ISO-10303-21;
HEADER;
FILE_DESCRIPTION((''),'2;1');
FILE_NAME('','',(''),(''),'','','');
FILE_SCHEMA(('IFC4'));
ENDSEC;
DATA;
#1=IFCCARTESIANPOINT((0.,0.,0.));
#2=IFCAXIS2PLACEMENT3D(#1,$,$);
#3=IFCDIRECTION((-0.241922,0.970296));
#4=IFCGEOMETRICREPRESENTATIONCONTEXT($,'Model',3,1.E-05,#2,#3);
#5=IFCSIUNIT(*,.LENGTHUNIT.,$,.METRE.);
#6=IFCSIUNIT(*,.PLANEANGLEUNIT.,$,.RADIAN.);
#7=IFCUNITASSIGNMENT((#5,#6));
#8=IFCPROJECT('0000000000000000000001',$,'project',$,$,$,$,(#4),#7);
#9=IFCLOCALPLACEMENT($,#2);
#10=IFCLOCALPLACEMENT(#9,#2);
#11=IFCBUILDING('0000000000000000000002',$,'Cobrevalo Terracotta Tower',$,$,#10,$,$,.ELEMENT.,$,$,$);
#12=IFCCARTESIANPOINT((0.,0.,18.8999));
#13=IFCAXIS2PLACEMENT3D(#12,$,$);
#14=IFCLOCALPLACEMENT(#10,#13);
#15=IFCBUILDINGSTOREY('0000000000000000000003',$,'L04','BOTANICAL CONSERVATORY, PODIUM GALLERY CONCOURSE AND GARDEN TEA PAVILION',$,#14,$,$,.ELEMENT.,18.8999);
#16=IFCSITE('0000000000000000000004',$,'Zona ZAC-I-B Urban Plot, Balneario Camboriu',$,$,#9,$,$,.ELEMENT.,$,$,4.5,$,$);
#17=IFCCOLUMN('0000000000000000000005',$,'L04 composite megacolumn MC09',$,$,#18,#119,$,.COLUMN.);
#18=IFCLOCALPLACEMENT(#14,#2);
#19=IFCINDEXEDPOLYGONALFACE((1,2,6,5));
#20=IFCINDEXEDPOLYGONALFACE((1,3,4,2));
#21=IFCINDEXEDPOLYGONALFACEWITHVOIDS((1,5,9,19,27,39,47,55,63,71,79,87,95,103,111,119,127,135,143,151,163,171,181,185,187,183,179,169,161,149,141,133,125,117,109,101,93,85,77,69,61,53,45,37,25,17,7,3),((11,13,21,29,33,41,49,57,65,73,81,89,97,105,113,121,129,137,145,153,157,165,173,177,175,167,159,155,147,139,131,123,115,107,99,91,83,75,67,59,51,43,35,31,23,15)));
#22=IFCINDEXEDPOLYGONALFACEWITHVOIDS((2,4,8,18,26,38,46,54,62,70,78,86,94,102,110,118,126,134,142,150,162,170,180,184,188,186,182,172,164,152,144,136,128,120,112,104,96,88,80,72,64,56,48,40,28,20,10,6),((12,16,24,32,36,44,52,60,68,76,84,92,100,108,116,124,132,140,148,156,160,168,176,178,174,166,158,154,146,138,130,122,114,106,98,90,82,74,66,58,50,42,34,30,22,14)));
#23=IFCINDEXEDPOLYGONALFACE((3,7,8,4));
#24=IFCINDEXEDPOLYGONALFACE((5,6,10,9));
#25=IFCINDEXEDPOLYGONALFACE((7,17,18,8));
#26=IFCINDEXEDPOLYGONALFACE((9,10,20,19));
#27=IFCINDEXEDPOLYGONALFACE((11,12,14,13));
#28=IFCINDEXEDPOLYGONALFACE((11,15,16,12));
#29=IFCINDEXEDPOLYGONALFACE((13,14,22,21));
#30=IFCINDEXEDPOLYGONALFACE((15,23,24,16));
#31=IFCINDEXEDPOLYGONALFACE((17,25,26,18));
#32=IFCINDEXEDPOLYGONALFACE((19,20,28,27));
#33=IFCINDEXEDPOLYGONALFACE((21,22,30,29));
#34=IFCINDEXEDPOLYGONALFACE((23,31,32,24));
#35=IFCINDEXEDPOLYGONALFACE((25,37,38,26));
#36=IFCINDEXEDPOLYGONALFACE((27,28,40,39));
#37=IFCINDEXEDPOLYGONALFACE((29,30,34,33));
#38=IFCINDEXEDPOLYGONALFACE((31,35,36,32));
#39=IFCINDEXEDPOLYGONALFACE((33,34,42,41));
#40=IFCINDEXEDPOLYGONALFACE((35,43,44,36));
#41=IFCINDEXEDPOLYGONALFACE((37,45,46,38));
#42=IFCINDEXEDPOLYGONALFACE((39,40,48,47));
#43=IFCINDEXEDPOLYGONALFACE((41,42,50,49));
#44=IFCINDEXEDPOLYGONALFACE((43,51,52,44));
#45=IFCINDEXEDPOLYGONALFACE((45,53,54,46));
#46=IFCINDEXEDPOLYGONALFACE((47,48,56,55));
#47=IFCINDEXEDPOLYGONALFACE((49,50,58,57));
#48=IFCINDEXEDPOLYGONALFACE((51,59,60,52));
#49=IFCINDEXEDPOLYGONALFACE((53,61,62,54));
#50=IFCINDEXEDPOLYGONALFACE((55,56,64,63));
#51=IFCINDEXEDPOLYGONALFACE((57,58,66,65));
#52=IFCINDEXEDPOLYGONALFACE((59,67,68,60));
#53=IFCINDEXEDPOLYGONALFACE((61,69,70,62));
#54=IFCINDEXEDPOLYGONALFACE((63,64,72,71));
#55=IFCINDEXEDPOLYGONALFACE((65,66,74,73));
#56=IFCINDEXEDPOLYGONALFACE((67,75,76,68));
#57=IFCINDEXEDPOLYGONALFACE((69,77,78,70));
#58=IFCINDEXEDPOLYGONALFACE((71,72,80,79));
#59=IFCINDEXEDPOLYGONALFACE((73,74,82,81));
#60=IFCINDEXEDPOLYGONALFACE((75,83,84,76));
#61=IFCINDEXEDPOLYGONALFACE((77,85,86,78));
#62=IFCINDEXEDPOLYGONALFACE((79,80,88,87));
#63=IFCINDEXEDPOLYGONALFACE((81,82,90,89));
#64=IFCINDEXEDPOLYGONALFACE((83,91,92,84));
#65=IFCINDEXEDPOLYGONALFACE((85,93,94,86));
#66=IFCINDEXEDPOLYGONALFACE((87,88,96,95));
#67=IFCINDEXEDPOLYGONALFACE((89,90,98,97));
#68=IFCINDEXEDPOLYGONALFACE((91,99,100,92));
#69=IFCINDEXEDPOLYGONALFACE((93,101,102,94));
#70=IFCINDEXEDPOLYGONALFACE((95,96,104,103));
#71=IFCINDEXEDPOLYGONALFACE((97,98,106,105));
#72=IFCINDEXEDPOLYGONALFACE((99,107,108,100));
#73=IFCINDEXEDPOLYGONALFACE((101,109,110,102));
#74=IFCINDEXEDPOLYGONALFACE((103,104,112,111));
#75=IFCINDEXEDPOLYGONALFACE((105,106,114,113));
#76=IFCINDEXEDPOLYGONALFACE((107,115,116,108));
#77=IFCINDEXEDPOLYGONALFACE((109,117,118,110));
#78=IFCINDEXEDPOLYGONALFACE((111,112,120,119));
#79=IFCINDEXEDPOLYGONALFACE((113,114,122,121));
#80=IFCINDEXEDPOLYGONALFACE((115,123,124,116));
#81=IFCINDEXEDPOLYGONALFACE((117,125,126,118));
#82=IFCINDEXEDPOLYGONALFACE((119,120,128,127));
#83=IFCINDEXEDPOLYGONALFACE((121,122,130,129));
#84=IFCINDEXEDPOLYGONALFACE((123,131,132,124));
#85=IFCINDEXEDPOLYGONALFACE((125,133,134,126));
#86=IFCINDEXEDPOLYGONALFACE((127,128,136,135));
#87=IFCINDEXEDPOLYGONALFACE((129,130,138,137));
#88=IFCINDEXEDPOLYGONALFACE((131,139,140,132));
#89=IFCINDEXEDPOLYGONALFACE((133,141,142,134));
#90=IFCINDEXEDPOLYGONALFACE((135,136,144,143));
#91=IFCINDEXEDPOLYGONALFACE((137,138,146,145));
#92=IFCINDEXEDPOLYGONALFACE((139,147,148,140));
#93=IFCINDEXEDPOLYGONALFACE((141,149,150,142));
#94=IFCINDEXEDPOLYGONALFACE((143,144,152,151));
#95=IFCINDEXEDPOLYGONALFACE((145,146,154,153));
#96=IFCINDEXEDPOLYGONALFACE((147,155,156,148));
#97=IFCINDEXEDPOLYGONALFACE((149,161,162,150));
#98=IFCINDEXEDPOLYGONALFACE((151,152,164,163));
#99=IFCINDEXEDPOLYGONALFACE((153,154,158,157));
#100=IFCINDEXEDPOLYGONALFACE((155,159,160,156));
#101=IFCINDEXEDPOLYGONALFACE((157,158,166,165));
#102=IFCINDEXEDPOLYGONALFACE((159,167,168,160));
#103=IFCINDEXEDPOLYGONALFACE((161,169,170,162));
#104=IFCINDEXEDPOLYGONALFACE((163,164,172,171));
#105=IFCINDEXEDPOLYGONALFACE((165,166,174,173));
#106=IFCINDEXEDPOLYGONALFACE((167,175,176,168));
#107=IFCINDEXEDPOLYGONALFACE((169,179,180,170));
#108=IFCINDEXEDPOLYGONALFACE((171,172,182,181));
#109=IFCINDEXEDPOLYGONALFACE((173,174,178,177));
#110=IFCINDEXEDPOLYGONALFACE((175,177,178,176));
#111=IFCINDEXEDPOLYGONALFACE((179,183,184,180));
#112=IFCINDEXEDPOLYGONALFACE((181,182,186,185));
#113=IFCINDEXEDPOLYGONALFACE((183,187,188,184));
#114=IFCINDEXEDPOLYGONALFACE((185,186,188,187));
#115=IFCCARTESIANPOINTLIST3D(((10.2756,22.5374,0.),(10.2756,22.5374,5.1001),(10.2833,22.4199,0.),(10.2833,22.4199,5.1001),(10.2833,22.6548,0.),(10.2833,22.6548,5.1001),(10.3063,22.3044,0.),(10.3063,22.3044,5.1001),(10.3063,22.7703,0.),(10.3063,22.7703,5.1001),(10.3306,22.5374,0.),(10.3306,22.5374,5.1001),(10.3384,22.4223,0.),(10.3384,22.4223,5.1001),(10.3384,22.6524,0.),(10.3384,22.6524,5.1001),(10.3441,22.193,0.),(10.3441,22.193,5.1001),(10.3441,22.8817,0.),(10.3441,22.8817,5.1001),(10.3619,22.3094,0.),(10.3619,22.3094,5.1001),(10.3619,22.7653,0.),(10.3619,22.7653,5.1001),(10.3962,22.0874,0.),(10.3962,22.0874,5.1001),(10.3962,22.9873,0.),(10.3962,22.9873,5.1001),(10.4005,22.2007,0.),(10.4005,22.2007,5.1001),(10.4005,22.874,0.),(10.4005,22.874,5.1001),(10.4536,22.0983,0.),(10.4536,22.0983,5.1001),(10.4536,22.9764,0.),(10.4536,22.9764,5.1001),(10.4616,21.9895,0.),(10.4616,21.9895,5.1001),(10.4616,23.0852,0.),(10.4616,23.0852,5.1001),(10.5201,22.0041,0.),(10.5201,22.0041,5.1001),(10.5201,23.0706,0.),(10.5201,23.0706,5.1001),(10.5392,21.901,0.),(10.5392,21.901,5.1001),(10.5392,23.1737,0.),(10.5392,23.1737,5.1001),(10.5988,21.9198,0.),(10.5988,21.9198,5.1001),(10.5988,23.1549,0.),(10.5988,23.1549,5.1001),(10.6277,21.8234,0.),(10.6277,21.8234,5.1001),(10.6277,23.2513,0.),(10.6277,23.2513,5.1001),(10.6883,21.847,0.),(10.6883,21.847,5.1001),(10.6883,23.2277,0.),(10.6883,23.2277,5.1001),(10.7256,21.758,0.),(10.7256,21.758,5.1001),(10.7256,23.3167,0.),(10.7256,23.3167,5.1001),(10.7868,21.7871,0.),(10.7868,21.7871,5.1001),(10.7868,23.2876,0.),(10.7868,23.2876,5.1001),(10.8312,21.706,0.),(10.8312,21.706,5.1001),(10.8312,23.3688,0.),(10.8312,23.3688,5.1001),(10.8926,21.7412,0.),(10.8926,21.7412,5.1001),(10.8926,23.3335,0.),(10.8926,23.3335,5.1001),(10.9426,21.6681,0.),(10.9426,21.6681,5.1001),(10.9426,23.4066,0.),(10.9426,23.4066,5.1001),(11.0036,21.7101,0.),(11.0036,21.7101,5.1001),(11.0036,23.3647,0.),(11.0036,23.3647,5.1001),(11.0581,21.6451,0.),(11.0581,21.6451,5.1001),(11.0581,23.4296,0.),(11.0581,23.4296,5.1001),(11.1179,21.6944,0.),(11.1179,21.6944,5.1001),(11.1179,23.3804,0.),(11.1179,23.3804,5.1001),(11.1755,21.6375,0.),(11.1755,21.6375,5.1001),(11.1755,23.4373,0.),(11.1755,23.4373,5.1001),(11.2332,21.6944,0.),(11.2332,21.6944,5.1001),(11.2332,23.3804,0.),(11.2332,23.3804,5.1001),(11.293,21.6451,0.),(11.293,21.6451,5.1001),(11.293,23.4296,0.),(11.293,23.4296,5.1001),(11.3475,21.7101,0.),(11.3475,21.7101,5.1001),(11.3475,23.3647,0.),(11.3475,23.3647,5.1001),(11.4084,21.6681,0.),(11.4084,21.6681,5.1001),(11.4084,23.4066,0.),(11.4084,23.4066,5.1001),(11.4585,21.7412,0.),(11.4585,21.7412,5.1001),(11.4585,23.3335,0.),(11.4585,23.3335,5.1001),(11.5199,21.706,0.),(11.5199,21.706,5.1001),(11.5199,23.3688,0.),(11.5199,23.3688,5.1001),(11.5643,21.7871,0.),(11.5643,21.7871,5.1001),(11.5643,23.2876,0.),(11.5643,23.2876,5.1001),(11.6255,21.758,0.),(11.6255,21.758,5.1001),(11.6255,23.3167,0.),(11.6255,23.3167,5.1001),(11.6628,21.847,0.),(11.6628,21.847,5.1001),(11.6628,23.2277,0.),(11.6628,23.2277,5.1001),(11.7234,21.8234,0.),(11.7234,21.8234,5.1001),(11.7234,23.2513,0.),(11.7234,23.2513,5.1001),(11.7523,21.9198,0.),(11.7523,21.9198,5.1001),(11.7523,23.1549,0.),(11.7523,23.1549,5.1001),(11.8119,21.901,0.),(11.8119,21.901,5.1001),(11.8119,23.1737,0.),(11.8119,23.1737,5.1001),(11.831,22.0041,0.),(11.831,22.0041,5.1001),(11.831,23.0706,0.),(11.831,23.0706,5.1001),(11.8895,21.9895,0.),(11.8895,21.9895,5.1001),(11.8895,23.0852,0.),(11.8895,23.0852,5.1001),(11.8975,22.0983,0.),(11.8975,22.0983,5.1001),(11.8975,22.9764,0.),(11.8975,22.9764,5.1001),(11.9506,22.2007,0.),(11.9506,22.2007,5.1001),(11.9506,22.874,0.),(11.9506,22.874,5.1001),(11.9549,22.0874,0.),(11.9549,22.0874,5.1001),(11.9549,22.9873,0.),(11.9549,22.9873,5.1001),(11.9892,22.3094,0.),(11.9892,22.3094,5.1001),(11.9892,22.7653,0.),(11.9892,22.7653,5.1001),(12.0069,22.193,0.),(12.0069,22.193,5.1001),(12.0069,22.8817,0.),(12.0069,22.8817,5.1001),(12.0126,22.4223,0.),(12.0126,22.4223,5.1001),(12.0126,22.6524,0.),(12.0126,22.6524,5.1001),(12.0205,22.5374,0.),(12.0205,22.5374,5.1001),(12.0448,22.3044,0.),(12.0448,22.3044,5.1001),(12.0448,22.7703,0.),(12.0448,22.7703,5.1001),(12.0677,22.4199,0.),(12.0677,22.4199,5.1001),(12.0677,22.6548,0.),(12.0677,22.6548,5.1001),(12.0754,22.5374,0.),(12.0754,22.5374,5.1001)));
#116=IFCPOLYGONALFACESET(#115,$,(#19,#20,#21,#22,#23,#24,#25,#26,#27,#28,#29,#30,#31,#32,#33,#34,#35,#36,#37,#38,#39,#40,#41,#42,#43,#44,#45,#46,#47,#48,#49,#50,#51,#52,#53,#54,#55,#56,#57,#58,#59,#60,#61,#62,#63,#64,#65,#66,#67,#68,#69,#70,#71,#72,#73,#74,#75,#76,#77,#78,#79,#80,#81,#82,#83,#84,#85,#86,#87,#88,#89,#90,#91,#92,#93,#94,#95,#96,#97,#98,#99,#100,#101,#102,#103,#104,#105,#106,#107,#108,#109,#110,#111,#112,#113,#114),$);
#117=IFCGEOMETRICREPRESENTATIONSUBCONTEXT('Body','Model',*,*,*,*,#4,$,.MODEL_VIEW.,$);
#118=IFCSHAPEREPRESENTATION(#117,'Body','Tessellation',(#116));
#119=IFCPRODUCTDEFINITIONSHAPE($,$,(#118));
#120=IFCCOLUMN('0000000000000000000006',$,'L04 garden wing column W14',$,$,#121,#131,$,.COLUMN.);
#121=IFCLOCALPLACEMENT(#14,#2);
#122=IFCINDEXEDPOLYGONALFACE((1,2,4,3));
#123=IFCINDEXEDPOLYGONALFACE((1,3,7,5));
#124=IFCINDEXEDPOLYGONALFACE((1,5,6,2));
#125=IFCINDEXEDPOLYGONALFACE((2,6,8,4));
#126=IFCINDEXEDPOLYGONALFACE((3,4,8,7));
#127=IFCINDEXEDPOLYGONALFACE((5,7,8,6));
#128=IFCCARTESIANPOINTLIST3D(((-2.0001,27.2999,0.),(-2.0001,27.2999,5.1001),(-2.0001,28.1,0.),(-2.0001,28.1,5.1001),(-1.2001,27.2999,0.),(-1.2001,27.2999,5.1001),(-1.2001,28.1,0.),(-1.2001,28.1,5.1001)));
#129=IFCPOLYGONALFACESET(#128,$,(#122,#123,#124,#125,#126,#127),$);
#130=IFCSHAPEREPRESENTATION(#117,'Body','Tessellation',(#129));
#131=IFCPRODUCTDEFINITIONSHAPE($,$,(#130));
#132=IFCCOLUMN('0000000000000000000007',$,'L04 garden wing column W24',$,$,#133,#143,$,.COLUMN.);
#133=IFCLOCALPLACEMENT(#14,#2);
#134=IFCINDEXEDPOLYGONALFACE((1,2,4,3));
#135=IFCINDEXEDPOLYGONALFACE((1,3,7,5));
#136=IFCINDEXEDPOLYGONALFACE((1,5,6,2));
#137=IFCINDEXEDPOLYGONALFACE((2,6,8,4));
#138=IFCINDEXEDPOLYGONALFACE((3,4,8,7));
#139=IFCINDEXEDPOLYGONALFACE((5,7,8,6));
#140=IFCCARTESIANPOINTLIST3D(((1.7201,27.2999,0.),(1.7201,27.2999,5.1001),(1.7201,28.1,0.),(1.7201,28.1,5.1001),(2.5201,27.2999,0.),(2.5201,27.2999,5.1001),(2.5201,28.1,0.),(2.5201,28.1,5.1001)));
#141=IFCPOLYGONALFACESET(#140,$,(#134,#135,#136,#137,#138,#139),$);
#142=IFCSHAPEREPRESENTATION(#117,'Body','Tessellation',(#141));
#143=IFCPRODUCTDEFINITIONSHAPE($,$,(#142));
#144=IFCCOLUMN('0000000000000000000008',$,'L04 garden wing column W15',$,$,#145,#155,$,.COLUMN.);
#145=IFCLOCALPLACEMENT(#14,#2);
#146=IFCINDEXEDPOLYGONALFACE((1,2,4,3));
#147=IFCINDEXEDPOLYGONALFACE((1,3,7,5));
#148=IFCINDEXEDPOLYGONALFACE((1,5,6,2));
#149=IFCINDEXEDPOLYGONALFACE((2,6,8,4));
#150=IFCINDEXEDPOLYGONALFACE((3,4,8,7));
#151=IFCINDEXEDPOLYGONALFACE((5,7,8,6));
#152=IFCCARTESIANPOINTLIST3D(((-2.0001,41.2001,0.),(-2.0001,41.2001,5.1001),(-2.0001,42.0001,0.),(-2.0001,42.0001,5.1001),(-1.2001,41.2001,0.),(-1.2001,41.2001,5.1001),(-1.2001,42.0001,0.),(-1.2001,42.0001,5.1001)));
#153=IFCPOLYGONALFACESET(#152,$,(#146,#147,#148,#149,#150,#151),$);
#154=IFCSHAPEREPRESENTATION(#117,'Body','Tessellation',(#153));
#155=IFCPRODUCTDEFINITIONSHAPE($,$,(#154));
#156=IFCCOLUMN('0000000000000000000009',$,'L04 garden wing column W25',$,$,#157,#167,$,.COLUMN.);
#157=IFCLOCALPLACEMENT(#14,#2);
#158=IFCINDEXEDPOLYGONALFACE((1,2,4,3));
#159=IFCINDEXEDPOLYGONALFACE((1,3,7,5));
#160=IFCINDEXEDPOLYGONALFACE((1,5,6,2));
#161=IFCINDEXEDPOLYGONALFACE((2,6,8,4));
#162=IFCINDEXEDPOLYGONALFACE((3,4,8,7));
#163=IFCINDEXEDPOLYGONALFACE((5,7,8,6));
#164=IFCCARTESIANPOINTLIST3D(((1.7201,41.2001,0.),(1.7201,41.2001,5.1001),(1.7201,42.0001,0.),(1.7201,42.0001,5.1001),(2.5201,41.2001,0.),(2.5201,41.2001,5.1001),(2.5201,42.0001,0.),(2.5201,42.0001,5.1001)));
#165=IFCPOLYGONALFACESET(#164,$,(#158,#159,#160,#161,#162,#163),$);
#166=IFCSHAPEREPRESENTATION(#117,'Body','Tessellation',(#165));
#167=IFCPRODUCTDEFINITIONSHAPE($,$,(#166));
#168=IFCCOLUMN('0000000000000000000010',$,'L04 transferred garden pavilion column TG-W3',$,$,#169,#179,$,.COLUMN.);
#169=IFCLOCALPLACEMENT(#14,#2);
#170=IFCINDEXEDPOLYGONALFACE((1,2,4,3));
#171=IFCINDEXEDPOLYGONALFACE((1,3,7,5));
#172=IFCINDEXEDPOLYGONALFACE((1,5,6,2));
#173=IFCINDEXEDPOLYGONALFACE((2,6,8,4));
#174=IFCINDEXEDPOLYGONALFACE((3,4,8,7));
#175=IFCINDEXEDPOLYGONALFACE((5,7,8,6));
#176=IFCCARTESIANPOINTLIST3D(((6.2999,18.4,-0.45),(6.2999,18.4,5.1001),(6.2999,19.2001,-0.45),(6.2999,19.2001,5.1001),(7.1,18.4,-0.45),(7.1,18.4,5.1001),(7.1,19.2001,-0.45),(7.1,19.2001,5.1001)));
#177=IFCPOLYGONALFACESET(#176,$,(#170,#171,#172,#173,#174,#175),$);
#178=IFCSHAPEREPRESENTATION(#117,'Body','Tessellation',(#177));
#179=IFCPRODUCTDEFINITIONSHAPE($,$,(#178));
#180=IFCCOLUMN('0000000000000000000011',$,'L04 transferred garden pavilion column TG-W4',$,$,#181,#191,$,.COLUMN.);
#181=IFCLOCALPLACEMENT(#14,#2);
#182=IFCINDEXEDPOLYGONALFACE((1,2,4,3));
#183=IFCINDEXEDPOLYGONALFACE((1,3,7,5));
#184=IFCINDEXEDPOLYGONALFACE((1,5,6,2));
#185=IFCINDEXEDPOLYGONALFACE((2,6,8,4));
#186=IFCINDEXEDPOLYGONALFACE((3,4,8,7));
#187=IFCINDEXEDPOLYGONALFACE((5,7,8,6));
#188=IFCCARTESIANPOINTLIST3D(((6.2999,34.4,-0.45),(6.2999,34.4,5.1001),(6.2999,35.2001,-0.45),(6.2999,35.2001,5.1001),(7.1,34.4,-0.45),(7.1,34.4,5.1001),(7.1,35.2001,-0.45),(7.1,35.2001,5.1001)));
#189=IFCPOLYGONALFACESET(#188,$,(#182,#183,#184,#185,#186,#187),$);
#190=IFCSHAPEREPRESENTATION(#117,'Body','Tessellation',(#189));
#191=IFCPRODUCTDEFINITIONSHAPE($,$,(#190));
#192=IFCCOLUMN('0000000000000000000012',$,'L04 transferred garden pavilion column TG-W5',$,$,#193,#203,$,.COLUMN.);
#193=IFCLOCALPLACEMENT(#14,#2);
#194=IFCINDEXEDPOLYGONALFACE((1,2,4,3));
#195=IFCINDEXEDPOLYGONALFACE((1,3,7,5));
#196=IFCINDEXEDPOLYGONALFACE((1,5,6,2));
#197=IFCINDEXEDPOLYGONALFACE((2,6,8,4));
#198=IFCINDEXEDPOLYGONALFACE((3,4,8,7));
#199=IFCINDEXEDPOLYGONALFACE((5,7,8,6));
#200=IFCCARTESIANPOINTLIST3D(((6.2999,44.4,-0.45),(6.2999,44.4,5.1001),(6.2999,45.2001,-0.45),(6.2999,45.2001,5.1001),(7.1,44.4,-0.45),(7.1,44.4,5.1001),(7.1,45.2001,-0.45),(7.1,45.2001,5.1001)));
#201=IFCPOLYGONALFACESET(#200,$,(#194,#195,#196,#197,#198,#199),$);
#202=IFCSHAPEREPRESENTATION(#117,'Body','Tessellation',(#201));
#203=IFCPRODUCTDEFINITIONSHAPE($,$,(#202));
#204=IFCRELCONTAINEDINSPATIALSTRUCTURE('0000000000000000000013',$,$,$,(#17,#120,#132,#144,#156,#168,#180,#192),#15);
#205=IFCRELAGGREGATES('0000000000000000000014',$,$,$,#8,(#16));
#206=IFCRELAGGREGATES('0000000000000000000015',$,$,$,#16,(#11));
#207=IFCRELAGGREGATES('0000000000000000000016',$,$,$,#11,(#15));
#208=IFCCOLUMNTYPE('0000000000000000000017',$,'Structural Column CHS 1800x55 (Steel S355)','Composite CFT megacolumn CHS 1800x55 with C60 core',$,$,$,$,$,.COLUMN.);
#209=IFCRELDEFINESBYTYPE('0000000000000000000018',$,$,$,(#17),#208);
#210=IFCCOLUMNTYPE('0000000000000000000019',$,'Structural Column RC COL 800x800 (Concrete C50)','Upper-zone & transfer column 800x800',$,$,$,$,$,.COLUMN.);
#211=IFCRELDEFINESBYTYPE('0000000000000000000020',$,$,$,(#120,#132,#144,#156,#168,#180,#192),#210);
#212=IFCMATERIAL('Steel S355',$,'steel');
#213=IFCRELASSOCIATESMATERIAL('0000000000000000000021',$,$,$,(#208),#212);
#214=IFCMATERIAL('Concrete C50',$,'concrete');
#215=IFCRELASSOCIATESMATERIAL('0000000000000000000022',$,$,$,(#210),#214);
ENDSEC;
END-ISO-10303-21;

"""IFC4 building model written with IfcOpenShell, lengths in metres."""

from ifc_helpers import new_model, si_unit, direction, frame, origin, origin_2d, place, context, subcontext, project, spatial, rectangle, hollow_circle, extrude, material, material_profile, profile_set, type_object, element, save


model = new_model("IFC4")

# Units and contexts
model_context = context("Model", 3, precision=1e-05, world=origin(), true_north=direction((-0.241922, 0.970296)))
body_context = subcontext(model_context, "Body", "Model", "MODEL_VIEW")
ifc_project = project(units=[si_unit("LENGTHUNIT", "METRE"), si_unit("PLANEANGLEUNIT", "RADIAN")], contexts=[model_context])

# Site, building, storey
site_placement = place(None, origin())
site = spatial("IfcSite", under=ifc_project, at=site_placement, Name="Zona ZAC-I-B Urban Plot, Balneario Camboriu", CompositionType="ELEMENT", RefElevation=4.5)
building_placement = place(site_placement, origin())
building = spatial("IfcBuilding", under=site, at=building_placement, Name="Cobrevalo Terracotta Tower", CompositionType="ELEMENT")
storey_placement = place(building_placement, frame((0.0, 0.0, 18.8999)))
storey = spatial("IfcBuildingStorey", under=building, at=storey_placement, Name="L04", Description="BOTANICAL CONSERVATORY, PODIUM GALLERY CONCOURSE AND GARDEN TEA PAVILION", CompositionType="ELEMENT", Elevation=18.8999)

# Columns
ifc_material_1 = material(Name="Steel S355", Category="steel")
ifc_material_profile_1 = material_profile(ifc_material_1, hollow_circle(Radius=0.8999, WallThickness=0.0549, at=origin_2d()), Name="CHS 1800x55")
ifc_profile_set_1 = profile_set([ifc_material_profile_1], Name="Steel S355")
column_type_1 = type_object("IfcColumnType", Name="Structural Column CHS 1800x55 (Steel S355)", Description="Composite CFT megacolumn CHS 1800x55 with C60 core", PredefinedType="COLUMN", material=ifc_profile_set_1)
for number, where, z_axis, x_axis, name in (
    (1, (11.1755, 22.5374, 0.0), (0.0, 0.0, 1.0), (1.0, 0.0, 0.0), "L04 composite megacolumn MC09"),
):
    element("IfcColumn", number, at=place(storey_placement, frame(where, z_axis=z_axis, x_axis=x_axis)), inside=storey, type_object=column_type_1, Name=name, PredefinedType="COLUMN", context=body_context, shape_type="SweptSolid", body=[
        extrude(hollow_circle(Radius=0.8999, WallThickness=0.0549, at=origin_2d()), origin(), (0.0, 0.0, 1.0), 5.1001),
    ])
ifc_material_2 = material(Name="Concrete C50", Category="concrete")
ifc_material_profile_2 = material_profile(ifc_material_2, rectangle(XDim=0.8, YDim=0.8, at=origin_2d()), Name="RC COL 800x800")
ifc_profile_set_2 = profile_set([ifc_material_profile_2], Name="Concrete C50")
column_type_2 = type_object("IfcColumnType", Name="Structural Column RC COL 800x800 (Concrete C50)", Description="Upper-zone & transfer column 800x800", PredefinedType="COLUMN", material=ifc_profile_set_2)
for number, where, z_axis, x_axis, name in (
    (2, (-1.6001, 27.7, 0.0), (0.0, 0.0, 1.0), (1.0, 0.0, 0.0), "L04 garden wing column W14"),
    (3, (2.1201, 27.7, 0.0), (0.0, 0.0, 1.0), (1.0, 0.0, 0.0), "L04 garden wing column W24"),
    (4, (-1.6001, 41.6001, 0.0), (0.0, 0.0, 1.0), (1.0, 0.0, 0.0), "L04 garden wing column W15"),
    (5, (2.1201, 41.6001, 0.0), (0.0, 0.0, 1.0), (1.0, 0.0, 0.0), "L04 garden wing column W25"),
):
    element("IfcColumn", number, at=place(storey_placement, frame(where, z_axis=z_axis, x_axis=x_axis)), inside=storey, type_object=column_type_2, Name=name, PredefinedType="COLUMN", context=body_context, shape_type="SweptSolid", body=[
        extrude(rectangle(XDim=0.8, YDim=0.8, at=origin_2d()), origin(), (0.0, 0.0, 1.0), 5.1001),
    ])
for number, where, z_axis, x_axis, name in (
    (6, (6.7, 18.8, -0.45), (0.0, 0.0, 1.0), (1.0, 0.0, 0.0), "L04 transferred garden pavilion column TG-W3"),
    (7, (6.7, 34.8, -0.45), (0.0, 0.0, 1.0), (1.0, 0.0, 0.0), "L04 transferred garden pavilion column TG-W4"),
    (8, (6.7, 44.8, -0.45), (0.0, 0.0, 1.0), (1.0, 0.0, 0.0), "L04 transferred garden pavilion column TG-W5"),
):
    element("IfcColumn", number, at=place(storey_placement, frame(where, z_axis=z_axis, x_axis=x_axis)), inside=storey, type_object=column_type_2, Name=name, PredefinedType="COLUMN", context=body_context, shape_type="SweptSolid", body=[
        extrude(rectangle(XDim=0.8, YDim=0.8, at=origin_2d()), origin(), (0.0, 0.0, 1.0), 5.55),
    ])

save(model, "model.ifc")
